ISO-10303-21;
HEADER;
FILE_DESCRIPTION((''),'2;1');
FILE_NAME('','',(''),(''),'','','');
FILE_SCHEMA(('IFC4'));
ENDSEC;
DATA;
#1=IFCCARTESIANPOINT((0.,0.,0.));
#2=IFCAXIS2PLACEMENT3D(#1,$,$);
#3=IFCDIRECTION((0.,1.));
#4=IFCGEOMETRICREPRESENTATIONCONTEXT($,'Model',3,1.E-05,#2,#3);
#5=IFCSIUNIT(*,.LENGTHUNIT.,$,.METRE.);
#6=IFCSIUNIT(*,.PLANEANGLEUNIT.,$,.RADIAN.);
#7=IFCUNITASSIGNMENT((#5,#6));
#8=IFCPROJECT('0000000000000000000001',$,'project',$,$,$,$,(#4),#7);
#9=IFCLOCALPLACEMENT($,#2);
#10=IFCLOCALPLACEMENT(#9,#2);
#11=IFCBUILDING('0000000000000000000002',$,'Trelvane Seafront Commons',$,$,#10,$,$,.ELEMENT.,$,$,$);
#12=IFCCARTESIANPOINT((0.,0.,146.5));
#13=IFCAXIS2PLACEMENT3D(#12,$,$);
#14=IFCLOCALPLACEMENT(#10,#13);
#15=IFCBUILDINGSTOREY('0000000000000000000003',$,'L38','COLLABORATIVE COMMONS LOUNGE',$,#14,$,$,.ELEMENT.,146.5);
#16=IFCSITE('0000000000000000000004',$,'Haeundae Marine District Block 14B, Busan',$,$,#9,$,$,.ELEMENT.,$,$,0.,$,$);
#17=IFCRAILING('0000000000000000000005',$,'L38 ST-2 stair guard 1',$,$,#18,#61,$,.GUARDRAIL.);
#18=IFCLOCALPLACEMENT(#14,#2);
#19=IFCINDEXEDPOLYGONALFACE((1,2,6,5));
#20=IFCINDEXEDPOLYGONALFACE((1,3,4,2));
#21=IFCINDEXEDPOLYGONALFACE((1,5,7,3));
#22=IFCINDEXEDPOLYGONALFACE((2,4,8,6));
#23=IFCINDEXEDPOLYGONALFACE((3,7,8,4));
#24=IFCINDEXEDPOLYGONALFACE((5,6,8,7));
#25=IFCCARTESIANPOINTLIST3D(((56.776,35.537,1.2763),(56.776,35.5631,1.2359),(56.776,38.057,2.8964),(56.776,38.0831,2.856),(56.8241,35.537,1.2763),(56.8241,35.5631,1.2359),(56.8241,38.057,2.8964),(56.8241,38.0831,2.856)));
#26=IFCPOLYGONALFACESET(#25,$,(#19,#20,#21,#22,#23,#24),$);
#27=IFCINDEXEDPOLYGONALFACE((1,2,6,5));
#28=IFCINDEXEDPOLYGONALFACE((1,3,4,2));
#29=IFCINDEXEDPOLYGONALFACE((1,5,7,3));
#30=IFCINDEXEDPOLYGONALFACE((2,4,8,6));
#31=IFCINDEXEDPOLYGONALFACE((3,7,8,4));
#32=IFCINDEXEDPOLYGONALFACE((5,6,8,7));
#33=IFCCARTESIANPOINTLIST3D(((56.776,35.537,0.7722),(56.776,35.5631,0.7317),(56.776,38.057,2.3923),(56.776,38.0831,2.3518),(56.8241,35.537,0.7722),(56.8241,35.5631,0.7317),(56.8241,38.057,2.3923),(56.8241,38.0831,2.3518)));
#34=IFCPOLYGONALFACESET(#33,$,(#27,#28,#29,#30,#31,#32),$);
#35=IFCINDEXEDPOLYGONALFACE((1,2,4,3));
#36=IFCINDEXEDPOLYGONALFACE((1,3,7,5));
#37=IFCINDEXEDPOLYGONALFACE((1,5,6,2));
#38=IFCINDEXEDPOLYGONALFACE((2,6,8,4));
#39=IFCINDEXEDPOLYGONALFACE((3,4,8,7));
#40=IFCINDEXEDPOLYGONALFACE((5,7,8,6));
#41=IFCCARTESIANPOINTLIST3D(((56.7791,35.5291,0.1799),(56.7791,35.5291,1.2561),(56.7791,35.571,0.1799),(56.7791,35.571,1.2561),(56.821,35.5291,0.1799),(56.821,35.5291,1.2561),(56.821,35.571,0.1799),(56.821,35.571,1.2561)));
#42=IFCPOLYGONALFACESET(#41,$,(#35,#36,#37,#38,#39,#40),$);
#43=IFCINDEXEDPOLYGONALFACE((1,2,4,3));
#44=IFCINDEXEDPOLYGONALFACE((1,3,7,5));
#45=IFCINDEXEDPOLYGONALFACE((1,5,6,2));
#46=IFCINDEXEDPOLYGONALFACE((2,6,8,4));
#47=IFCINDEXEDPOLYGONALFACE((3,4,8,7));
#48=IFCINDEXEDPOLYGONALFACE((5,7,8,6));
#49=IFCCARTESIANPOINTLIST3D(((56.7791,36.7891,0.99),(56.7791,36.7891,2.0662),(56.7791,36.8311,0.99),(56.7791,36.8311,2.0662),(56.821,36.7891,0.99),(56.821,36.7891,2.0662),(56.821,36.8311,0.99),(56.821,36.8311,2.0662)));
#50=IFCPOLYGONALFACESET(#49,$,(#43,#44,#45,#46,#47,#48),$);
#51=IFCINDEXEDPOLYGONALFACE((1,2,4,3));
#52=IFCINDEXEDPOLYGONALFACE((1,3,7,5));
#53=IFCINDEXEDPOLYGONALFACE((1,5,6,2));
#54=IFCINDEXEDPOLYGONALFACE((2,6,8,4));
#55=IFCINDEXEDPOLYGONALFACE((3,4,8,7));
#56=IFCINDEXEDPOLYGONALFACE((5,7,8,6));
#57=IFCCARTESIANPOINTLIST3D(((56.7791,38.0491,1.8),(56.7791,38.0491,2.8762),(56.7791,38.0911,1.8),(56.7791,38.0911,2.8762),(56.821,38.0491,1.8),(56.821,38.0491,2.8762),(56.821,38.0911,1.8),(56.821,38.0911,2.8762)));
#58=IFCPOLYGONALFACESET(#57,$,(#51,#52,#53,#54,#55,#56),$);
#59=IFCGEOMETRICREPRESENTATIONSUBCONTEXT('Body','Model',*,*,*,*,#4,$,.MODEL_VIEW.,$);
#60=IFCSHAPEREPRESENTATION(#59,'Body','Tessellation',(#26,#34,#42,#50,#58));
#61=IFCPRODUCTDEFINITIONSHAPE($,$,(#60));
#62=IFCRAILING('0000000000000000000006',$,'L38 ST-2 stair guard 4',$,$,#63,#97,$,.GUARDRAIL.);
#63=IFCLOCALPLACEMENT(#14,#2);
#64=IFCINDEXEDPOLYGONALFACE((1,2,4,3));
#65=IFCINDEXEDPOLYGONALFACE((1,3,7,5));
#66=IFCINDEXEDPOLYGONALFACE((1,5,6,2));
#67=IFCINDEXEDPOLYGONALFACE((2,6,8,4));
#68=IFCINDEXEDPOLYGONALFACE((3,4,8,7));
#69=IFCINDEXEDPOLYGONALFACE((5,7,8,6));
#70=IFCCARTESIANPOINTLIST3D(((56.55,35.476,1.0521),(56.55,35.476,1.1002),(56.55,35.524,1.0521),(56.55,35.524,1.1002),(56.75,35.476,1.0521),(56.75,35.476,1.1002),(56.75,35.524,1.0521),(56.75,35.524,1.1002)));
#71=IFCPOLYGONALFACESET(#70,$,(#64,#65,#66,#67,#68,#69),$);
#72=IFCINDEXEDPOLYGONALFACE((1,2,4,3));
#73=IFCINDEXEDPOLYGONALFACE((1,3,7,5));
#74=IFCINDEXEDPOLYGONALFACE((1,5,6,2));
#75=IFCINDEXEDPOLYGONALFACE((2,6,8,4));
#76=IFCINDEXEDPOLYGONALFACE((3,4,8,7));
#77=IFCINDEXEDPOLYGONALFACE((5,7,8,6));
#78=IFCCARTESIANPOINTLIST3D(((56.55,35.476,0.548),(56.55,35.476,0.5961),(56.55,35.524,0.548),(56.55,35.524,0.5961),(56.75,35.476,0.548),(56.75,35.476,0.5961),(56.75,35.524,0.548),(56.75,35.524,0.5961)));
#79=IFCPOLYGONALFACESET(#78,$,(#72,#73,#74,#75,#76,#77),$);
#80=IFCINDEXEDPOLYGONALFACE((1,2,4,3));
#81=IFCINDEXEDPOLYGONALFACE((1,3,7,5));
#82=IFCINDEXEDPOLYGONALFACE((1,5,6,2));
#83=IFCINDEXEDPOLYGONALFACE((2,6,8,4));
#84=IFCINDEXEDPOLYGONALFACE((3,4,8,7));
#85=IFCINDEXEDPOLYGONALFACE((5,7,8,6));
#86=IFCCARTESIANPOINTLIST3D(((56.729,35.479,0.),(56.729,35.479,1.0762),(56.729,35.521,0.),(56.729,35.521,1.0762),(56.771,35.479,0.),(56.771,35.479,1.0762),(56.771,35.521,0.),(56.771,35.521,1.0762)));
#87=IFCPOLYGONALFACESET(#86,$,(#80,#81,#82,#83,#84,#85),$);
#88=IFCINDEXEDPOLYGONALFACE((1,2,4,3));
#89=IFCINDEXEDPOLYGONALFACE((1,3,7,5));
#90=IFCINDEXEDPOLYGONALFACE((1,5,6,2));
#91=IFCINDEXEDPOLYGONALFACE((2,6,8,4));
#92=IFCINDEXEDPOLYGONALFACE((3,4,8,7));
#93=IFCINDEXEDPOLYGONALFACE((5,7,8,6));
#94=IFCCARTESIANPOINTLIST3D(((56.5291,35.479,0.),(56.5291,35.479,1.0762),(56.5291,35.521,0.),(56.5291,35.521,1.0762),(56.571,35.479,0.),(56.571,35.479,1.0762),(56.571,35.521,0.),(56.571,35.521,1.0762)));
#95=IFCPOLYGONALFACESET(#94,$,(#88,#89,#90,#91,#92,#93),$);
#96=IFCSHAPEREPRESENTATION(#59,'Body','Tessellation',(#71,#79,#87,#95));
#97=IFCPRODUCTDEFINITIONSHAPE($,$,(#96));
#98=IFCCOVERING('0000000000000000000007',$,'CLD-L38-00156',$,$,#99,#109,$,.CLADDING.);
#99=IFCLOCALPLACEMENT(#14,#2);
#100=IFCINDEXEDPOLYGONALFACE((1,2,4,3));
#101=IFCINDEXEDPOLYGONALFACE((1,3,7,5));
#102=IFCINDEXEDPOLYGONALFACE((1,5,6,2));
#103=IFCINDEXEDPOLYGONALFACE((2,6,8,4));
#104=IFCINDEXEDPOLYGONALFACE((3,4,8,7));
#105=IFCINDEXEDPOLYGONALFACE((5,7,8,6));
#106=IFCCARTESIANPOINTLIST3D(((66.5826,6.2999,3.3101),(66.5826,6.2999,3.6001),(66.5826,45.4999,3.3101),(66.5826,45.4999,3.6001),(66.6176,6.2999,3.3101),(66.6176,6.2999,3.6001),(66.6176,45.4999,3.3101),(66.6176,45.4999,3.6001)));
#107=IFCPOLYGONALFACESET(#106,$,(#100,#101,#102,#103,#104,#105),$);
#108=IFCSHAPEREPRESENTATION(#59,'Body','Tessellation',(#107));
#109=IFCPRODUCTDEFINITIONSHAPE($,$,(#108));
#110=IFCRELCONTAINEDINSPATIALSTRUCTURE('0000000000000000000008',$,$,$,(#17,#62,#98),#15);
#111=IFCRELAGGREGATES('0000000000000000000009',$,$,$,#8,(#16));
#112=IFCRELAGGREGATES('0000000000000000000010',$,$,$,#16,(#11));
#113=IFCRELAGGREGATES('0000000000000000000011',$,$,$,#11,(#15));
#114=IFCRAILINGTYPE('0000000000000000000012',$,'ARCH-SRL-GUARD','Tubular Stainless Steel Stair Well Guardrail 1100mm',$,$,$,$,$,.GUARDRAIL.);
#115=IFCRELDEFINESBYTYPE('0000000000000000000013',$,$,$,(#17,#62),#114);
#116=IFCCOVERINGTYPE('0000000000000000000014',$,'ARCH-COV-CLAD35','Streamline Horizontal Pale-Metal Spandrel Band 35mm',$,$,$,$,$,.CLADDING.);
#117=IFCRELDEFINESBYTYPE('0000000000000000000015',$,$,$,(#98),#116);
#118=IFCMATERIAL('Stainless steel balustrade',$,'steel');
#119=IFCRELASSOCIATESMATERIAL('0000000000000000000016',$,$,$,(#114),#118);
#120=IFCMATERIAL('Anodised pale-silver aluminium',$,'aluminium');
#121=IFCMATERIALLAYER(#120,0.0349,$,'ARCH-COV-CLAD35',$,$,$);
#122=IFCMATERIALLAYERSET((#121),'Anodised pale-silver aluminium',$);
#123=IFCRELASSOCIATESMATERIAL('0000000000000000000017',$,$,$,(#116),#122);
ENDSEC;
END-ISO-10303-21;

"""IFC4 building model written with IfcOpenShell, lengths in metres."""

from ifc_helpers import new_model, si_unit, direction, frame, origin, origin_2d, place, context, subcontext, project, spatial, rectangle, extrude, source, transform, mapped, material, layer, layer_set, type_object, element, save


model = new_model("IFC4")

# Units and contexts
model_context = context("Model", 3, precision=1e-05, world=origin(), true_north=direction((0.0, 1.0)))
body_context = subcontext(model_context, "Body", "Model", "MODEL_VIEW")
ifc_project = project(units=[si_unit("LENGTHUNIT", "METRE"), si_unit("PLANEANGLEUNIT", "RADIAN")], contexts=[model_context])

# Site, building, storey
site_placement = place(None, origin())
site = spatial("IfcSite", under=ifc_project, at=site_placement, Name="Haeundae Marine District Block 14B, Busan", CompositionType="ELEMENT", RefElevation=0.0)
building_placement = place(site_placement, origin())
building = spatial("IfcBuilding", under=site, at=building_placement, Name="Trelvane Seafront Commons", CompositionType="ELEMENT")
storey_placement = place(building_placement, frame((0.0, 0.0, 146.5)))
storey = spatial("IfcBuildingStorey", under=building, at=storey_placement, Name="L38", Description="COLLABORATIVE COMMONS LOUNGE", CompositionType="ELEMENT", Elevation=146.5)

# Shared definitions
ifc_material_1 = material(Name="Anodised pale-silver aluminium", Category="aluminium")

# Railings
ifc_material_2 = material(Name="Stainless steel balustrade", Category="steel")
railing_type = type_object("IfcRailingType", Name="ARCH-SRL-GUARD", Description="Tubular Stainless Steel Stair Well Guardrail 1100mm", PredefinedType="GUARDRAIL", material=ifc_material_2)
railing_1_placement = place(storey_placement, frame((56.8, 35.55, 0.1799)))
element("IfcRailing", 1, at=railing_1_placement, inside=storey, type_object=railing_type, Name="L38 ST-2 stair guard 1", PredefinedType="GUARDRAIL", context=body_context, shape_type="SweptSolid", body=[
    extrude(rectangle(XDim=0.0481, YDim=0.0481, at=origin_2d()), frame((0.0, 0.0, 1.0762), z_axis=(0.0, 0.841163, 0.540782), x_axis=(-1.0, 0.0, 0.0)), (0.0, 0.0, 1.0), 2.9958),
    extrude(rectangle(XDim=0.0481, YDim=0.0481, at=origin_2d()), frame((0.0, 0.0, 0.572), z_axis=(0.0, 0.841163, 0.540782), x_axis=(-1.0, 0.0, 0.0)), (0.0, 0.0, 1.0), 2.9958),
    extrude(rectangle(XDim=0.042, YDim=0.042, at=origin_2d()), origin(), (0.0, 0.0, 1.0), 1.0762),
    extrude(rectangle(XDim=0.042, YDim=0.042, at=origin_2d()), frame((0.0, 1.26, 0.8101)), (0.0, 0.0, 1.0), 1.0762),
    extrude(rectangle(XDim=0.042, YDim=0.042, at=origin_2d()), frame((0.0, 2.52, 1.6201)), (0.0, 0.0, 1.0), 1.0762),
])
railing_2_placement = place(storey_placement, frame((56.75, 35.5, 0.0)))
element("IfcRailing", 2, at=railing_2_placement, inside=storey, type_object=railing_type, Name="L38 ST-2 stair guard 4", PredefinedType="GUARDRAIL", context=body_context, shape_type="SweptSolid", body=[
    extrude(rectangle(XDim=0.0481, YDim=0.0481, at=origin_2d()), frame((0.0, 0.0, 1.0762), z_axis=(-1.0, 0.0, 0.0), x_axis=(0.0, -1.0, 0.0)), (0.0, 0.0, 1.0), 0.2),
    extrude(rectangle(XDim=0.0481, YDim=0.0481, at=origin_2d()), frame((0.0, 0.0, 0.572), z_axis=(-1.0, 0.0, 0.0), x_axis=(0.0, -1.0, 0.0)), (0.0, 0.0, 1.0), 0.2),
    extrude(rectangle(XDim=0.042, YDim=0.042, at=origin_2d()), origin(), (0.0, 0.0, 1.0), 1.0762),
    extrude(rectangle(XDim=0.042, YDim=0.042, at=origin_2d()), frame((-0.2, 0.0, 0.0)), (0.0, 0.0, 1.0), 1.0762),
])

# Covering
ifc_layer_1 = layer(ifc_material_1, 0.0349, Name="ARCH-COV-CLAD35")
ifc_layer_set_1 = layer_set([ifc_layer_1], Name="Anodised pale-silver aluminium")
covering_type = type_object("IfcCoveringType", Name="ARCH-COV-CLAD35", Description="Streamline Horizontal Pale-Metal Spandrel Band 35mm", PredefinedType="CLADDING", material=ifc_layer_set_1)
shared_shape_1 = source(origin(), body_context, "Body", "SweptSolid", [
    extrude(rectangle(XDim=39.2, YDim=0.0349, at=origin_2d()), origin(), (0.0, 0.0, 1.0), 0.29),
])
covering_placement = place(storey_placement, frame((66.6001, 25.8999, 3.3101), z_axis=(0.0, 0.0, 1.0), x_axis=(0.0, -1.0, 0.0)))
element("IfcCovering", 3, at=covering_placement, inside=storey, type_object=covering_type, Name="CLD-L38-00156", PredefinedType="CLADDING", context=body_context, shape_type="MappedRepresentation", body=[
    mapped(shared_shape_1, transform((0.0, 0.0, 0.0), x_axis=(1.0, 0.0, 0.0), y_axis=(0.0, 1.0, 0.0), z_axis=(0.0, 0.0, 1.0), scale=1.0)),
])

save(model, "model.ifc")
